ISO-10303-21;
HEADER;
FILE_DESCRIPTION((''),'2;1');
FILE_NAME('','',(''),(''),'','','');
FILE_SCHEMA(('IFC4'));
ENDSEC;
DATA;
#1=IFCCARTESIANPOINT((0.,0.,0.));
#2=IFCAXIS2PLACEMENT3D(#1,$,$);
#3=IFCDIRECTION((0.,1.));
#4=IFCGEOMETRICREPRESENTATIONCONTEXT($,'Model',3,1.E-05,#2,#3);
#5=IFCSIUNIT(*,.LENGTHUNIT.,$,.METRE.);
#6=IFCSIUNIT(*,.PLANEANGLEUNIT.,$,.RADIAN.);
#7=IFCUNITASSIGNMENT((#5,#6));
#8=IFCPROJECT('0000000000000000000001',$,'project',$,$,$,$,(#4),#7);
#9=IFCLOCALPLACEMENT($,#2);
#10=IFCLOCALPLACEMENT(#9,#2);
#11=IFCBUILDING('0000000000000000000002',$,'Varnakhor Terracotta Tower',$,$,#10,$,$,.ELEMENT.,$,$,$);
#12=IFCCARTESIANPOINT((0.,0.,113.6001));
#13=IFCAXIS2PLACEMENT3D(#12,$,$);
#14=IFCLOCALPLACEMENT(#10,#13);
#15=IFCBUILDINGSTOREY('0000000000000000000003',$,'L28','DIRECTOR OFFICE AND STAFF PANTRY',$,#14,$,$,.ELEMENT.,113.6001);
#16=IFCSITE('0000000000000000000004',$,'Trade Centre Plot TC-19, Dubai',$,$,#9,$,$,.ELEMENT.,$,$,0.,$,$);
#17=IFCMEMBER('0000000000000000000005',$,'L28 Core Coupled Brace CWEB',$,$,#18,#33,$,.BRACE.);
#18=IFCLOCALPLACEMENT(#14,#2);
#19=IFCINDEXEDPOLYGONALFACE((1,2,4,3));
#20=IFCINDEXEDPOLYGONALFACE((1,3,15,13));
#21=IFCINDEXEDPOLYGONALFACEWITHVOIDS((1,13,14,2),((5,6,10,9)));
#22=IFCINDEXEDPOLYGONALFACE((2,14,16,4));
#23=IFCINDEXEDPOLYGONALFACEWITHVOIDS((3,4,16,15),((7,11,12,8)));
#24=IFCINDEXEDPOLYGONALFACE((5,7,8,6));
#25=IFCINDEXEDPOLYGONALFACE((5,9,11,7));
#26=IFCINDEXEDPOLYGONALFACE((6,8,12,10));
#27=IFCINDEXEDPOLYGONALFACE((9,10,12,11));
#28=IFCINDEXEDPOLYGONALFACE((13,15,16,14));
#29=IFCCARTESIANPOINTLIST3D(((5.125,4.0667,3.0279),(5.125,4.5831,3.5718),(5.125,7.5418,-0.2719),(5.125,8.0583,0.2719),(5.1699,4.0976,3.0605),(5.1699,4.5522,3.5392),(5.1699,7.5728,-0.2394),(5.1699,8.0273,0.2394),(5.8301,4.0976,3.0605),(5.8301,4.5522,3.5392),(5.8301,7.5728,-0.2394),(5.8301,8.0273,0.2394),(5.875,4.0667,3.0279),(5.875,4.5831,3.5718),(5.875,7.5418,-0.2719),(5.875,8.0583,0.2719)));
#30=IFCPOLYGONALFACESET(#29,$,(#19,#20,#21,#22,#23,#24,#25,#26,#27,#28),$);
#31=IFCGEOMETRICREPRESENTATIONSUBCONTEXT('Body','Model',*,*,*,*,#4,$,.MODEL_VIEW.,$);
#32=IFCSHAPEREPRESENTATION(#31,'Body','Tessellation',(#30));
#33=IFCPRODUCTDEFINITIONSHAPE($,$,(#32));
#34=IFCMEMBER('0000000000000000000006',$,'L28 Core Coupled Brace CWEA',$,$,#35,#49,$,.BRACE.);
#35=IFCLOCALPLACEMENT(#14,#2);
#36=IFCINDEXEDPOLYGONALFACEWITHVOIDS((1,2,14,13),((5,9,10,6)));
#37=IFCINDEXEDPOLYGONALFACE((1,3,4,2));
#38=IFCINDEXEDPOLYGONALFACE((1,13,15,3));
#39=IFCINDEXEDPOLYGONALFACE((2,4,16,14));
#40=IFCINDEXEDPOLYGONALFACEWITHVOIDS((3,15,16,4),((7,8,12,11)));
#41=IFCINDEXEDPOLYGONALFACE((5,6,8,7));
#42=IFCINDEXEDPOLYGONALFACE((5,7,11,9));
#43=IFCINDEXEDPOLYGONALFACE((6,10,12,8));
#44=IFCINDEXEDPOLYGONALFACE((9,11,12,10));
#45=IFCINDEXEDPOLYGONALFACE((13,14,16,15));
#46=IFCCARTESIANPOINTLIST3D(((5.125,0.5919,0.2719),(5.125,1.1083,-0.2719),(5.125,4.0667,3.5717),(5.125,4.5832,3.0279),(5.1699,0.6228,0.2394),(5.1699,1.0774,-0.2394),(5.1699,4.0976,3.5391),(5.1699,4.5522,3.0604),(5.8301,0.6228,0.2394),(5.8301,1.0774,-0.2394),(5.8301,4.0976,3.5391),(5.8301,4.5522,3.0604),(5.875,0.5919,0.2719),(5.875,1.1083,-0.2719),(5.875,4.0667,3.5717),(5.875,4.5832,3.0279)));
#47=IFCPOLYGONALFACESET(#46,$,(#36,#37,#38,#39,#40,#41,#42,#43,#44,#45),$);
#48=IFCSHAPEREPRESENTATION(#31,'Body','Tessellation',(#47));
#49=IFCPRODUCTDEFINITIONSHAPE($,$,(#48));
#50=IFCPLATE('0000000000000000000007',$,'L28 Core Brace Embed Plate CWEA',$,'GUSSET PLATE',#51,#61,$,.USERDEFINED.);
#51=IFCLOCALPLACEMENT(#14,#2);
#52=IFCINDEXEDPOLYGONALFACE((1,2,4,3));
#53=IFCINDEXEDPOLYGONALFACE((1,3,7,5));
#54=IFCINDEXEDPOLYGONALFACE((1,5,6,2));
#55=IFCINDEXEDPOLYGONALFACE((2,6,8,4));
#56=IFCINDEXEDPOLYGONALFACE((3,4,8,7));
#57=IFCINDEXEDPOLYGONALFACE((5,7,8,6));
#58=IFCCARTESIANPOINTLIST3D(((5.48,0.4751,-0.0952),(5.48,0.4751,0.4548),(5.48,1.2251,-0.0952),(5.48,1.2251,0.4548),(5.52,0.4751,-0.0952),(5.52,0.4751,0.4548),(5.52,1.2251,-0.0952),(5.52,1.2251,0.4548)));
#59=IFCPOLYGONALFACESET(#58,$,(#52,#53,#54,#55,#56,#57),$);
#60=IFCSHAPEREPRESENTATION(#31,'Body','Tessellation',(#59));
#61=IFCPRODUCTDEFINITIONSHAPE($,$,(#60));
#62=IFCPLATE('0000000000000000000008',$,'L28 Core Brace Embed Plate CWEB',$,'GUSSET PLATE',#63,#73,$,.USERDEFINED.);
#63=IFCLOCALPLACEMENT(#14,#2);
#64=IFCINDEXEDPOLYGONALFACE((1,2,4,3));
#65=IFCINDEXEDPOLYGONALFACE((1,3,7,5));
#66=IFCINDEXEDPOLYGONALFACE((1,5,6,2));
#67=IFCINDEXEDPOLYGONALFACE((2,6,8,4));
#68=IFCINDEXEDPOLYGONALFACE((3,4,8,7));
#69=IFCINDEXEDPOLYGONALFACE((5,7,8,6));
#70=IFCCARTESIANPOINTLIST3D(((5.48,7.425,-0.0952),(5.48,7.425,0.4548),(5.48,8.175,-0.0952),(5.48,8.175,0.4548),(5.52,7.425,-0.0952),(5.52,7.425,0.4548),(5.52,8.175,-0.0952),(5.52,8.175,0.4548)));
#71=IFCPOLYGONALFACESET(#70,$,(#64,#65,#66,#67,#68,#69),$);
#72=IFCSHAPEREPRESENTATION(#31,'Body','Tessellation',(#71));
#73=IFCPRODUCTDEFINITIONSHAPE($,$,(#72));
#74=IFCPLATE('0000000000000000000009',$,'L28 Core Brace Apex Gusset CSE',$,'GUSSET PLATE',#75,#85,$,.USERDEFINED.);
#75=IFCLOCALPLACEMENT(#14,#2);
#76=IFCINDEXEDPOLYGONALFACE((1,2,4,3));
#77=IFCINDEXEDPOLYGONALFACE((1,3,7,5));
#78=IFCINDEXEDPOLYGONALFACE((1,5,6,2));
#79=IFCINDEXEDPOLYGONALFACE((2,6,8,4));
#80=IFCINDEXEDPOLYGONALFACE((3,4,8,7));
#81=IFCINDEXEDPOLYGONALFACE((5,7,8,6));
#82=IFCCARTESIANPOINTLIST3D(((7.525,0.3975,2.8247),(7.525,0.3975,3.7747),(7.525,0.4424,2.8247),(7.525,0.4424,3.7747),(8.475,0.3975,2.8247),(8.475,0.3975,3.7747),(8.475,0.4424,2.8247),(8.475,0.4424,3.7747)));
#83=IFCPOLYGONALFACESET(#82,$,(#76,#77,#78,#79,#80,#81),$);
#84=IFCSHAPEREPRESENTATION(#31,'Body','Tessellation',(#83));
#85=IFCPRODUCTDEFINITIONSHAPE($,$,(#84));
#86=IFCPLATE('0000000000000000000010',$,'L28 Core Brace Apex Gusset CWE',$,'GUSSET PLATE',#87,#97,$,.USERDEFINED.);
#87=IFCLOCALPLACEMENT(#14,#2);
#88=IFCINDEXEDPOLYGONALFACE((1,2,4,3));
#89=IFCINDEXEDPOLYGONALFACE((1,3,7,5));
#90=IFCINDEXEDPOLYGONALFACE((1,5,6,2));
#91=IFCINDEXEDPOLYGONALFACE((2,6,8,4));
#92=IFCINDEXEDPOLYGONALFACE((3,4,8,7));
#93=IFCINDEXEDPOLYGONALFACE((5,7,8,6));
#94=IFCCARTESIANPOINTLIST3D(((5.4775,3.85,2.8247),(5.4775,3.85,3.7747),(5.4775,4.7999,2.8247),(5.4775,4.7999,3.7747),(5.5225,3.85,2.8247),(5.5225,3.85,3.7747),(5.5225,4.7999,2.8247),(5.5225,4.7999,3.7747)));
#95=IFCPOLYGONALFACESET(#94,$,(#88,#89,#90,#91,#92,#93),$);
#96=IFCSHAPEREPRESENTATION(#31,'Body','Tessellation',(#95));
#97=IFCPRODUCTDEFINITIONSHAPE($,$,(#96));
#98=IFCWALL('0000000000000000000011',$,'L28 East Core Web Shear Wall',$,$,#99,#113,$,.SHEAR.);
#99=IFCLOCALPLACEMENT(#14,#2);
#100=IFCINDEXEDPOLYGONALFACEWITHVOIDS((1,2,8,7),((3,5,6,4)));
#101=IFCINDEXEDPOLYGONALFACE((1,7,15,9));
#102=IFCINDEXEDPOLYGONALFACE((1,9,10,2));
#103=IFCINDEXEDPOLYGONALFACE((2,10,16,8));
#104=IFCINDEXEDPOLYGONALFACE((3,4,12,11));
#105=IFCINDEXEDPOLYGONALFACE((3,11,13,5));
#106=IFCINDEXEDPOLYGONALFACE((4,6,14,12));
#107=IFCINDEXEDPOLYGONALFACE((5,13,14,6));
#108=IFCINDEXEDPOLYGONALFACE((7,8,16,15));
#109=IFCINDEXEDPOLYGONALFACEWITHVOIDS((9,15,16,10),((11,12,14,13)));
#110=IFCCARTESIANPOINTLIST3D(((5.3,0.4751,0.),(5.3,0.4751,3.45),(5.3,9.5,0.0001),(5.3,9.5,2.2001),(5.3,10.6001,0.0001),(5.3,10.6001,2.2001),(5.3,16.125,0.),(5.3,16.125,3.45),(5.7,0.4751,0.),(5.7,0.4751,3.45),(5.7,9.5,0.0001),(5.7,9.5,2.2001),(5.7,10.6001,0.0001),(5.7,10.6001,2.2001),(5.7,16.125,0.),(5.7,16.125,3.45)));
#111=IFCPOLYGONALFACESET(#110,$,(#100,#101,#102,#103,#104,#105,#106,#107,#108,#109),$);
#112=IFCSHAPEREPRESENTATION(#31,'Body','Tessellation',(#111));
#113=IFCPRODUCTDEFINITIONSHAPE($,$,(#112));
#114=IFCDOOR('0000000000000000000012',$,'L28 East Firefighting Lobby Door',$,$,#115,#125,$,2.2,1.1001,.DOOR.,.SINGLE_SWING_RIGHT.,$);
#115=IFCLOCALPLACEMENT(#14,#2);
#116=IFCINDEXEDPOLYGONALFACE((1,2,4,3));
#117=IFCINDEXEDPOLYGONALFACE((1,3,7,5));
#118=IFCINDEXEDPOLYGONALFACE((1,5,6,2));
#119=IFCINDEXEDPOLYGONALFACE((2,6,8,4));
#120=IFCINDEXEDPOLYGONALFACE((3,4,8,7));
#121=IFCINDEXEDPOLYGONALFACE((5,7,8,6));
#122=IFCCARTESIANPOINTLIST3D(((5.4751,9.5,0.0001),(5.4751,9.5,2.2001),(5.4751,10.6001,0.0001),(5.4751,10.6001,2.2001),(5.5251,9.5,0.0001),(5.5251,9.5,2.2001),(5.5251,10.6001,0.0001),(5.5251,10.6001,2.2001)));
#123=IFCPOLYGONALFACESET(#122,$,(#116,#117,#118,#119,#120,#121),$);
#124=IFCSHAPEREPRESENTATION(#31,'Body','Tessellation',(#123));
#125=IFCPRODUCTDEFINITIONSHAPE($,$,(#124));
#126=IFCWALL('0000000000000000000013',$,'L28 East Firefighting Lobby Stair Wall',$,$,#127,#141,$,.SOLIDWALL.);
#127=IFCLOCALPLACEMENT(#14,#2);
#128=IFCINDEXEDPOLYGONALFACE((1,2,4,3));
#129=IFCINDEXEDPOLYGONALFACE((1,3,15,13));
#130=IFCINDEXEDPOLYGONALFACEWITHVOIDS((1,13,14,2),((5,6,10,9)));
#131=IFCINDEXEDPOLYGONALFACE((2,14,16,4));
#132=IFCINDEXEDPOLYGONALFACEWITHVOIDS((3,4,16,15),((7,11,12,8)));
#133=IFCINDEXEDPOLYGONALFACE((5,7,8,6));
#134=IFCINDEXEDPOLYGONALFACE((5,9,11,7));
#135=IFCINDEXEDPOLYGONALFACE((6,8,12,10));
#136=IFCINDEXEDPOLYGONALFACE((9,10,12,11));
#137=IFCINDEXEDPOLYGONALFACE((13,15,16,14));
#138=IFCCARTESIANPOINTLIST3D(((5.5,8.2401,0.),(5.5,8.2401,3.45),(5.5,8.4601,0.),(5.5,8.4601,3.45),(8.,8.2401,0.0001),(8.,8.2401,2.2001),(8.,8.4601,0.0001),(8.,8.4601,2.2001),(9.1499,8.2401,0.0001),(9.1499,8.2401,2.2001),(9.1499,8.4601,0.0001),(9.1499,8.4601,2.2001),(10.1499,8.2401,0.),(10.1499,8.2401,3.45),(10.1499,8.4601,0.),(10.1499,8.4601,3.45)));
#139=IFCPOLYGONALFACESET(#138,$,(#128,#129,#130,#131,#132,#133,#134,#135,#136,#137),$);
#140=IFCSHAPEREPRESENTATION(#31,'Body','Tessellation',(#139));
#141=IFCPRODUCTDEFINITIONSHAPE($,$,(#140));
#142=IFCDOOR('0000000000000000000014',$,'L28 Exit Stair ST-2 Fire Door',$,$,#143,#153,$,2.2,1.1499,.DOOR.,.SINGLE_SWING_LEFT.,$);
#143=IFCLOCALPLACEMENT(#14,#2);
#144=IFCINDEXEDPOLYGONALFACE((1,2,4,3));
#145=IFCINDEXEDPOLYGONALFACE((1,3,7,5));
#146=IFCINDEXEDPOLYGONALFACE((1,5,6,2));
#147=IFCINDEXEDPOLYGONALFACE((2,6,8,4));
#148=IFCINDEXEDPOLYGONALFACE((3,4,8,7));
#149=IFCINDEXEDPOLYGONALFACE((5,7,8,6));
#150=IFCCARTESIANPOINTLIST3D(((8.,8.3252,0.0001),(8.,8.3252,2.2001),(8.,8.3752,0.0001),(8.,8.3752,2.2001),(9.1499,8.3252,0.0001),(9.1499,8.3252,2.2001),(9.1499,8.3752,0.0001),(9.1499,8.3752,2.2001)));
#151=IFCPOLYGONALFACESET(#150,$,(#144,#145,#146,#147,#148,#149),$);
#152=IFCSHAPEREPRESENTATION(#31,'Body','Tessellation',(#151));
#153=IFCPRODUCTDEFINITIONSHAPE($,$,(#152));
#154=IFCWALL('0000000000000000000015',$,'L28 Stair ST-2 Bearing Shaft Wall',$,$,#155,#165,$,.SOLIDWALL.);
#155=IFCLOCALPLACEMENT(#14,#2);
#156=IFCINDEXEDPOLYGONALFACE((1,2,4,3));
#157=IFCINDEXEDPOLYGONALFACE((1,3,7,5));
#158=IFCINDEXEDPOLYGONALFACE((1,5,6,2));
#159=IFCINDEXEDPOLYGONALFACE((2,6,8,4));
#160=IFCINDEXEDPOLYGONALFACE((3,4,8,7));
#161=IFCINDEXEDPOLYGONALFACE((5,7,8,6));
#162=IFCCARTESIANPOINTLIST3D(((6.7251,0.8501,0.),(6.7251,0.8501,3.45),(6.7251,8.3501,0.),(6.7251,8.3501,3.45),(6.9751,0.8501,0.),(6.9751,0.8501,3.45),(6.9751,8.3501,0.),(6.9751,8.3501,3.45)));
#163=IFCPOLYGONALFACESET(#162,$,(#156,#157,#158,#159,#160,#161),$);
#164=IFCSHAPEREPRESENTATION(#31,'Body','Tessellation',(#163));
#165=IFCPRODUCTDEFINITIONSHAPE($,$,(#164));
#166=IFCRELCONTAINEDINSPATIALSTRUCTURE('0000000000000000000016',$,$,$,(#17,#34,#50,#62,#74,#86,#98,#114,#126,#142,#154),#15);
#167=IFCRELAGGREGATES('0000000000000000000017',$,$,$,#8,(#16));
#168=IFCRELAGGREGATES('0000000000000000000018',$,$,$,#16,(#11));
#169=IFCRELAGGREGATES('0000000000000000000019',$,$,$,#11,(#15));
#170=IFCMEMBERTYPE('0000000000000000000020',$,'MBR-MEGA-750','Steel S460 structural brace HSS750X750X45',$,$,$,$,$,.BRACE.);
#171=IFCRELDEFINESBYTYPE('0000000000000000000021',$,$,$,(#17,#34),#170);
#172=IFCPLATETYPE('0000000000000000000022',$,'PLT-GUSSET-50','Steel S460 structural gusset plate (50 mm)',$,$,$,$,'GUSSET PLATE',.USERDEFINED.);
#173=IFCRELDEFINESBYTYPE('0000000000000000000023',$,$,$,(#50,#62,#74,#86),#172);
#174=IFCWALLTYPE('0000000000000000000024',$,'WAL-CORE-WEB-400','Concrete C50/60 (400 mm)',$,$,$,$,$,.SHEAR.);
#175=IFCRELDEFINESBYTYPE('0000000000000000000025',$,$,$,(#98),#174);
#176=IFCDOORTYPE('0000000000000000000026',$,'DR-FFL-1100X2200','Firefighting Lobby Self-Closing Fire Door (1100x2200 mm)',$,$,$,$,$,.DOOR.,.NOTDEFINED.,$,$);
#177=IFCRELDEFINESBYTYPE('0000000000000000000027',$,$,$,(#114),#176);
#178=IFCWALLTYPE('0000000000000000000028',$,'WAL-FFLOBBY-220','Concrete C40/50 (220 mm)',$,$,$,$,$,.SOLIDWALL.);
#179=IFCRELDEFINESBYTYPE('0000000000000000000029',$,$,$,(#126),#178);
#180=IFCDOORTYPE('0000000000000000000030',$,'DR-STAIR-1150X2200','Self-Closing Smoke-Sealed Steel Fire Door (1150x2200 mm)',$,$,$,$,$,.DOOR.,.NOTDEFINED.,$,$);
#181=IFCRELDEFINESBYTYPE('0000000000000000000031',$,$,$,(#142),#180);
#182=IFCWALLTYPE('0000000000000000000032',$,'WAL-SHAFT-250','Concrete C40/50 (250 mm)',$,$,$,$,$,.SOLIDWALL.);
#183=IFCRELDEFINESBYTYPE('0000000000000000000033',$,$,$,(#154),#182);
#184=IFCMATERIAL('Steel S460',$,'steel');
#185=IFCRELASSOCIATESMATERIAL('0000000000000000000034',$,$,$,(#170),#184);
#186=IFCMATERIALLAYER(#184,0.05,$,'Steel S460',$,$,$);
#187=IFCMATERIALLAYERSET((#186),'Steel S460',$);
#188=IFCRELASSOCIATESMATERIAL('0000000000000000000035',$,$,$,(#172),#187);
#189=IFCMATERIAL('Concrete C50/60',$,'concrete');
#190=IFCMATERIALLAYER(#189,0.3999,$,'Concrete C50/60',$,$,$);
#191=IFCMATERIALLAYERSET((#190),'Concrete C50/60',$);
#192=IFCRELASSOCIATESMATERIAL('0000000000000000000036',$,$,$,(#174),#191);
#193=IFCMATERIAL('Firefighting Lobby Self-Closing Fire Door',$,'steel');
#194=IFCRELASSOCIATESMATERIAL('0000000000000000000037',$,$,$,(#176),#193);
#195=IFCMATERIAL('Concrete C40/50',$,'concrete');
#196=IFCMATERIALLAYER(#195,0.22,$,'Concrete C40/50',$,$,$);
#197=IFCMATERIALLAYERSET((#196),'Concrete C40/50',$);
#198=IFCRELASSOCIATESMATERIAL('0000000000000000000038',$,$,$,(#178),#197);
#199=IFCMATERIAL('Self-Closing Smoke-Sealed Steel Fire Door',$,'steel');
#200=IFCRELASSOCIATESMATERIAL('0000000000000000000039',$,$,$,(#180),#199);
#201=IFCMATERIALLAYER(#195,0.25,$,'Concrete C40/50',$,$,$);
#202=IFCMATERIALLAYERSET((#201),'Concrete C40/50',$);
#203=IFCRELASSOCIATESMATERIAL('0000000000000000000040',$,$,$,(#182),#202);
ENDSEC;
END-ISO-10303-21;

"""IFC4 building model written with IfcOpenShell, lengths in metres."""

from ifc_helpers import new_model, si_unit, direction, frame, frame_2d, origin, origin_2d, place, context, subcontext, project, spatial, rectangle, hollow_rectangle, extrude, source, transform, mapped, material, layer, layer_set, material_profile, profile_set, type_object, type_shapes, element, fill, save


model = new_model("IFC4")

# Units and contexts
model_context = context("Model", 3, precision=1e-05, world=origin(), true_north=direction((0.0, 1.0)))
body_context = subcontext(model_context, "Body", "Model", "MODEL_VIEW")
ifc_project = project(units=[si_unit("LENGTHUNIT", "METRE"), si_unit("PLANEANGLEUNIT", "RADIAN")], contexts=[model_context])

# Site, building, storey
site_placement = place(None, origin())
site = spatial("IfcSite", under=ifc_project, at=site_placement, Name="Trade Centre Plot TC-19, Dubai", CompositionType="ELEMENT", RefElevation=0.0)
building_placement = place(site_placement, origin())
building = spatial("IfcBuilding", under=site, at=building_placement, Name="Varnakhor Terracotta Tower", CompositionType="ELEMENT")
storey_placement = place(building_placement, frame((0.0, 0.0, 113.6001)))
storey = spatial("IfcBuildingStorey", under=building, at=storey_placement, Name="L28", Description="DIRECTOR OFFICE AND STAFF PANTRY", CompositionType="ELEMENT", Elevation=113.6001)

# Members
ifc_material_1 = material(Name="Steel S460", Category="steel")
ifc_material_profile = material_profile(ifc_material_1, hollow_rectangle(XDim=0.75, YDim=0.75, WallThickness=0.0449, at=origin_2d()), Name="HSS750X750X45")
ifc_profile_set = profile_set([ifc_material_profile], Name="Steel S460")
member_type = type_object("IfcMemberType", Name="MBR-MEGA-750", Description="Steel S460 structural brace HSS750X750X45", PredefinedType="BRACE", material=ifc_profile_set)
shared_shape_1 = source(origin(), body_context, "Body", "SweptSolid", [
    extrude(hollow_rectangle(XDim=0.75, YDim=0.75, WallThickness=0.0449, at=origin_2d()), origin(), (0.0, 0.0, 1.0), 4.7922),
])
member_1_placement = place(storey_placement, frame((5.5, 7.8, 0.0), z_axis=(0.0, -0.72516, 0.688581), x_axis=(1.0, 0.0, 0.0)))
element("IfcMember", 1, at=member_1_placement, inside=storey, type_object=member_type, Name="L28 Core Coupled Brace CWEB", PredefinedType="BRACE", context=body_context, shape_type="MappedRepresentation", body=[
    mapped(shared_shape_1, transform((0.0, 0.0, 0.0), scale=1.0)),
])
shared_shape_2 = source(origin(), body_context, "Body", "SweptSolid", [
    extrude(hollow_rectangle(XDim=0.75, YDim=0.75, WallThickness=0.0449, at=origin_2d()), origin(), (0.0, 0.0, 1.0), 4.792),
])
member_2_placement = place(storey_placement, frame((5.5, 0.8501, 0.0), z_axis=(0.0, 0.725136, 0.688606), x_axis=(-1.0, 0.0, 0.0)))
element("IfcMember", 2, at=member_2_placement, inside=storey, type_object=member_type, Name="L28 Core Coupled Brace CWEA", PredefinedType="BRACE", context=body_context, shape_type="MappedRepresentation", body=[
    mapped(shared_shape_2, transform((0.0, 0.0, 0.0), scale=1.0)),
])

# Plates
ifc_layer_1 = layer(ifc_material_1, 0.05, Name="Steel S460")
ifc_layer_set_1 = layer_set([ifc_layer_1], Name="Steel S460")
plate_type = type_object("IfcPlateType", Name="PLT-GUSSET-50", Description="Steel S460 structural gusset plate (50 mm)", ElementType="GUSSET PLATE", PredefinedType="USERDEFINED", material=ifc_layer_set_1)
shared_shape_3 = source(origin(), body_context, "Body", "SweptSolid", [
    extrude(rectangle(XDim=0.75, YDim=0.04, at=origin_2d()), origin(), (0.0, 0.0, 1.0), 0.55),
])
type_shapes(plate_type, [shared_shape_3])
for number, where, z_axis, x_axis, name in (
    (3, (5.5, 0.8501, -0.0952), (0.0, 0.0, 1.0), (0.0, 1.0, 0.0), "L28 Core Brace Embed Plate CWEA"),
    (4, (5.5, 7.8, -0.0952), (0.0, 0.0, 1.0), (0.0, 1.0, 0.0), "L28 Core Brace Embed Plate CWEB"),
):
    element("IfcPlate", number, at=place(storey_placement, frame(where, z_axis=z_axis, x_axis=x_axis)), inside=storey, type_object=plate_type, Name=name, ObjectType="GUSSET PLATE", PredefinedType="USERDEFINED", context=body_context, shape_type="MappedRepresentation", body=[
        mapped(shared_shape_3, transform((0.0, 0.0, 0.0), scale=1.0)),
    ])
shared_shape_4 = source(origin(), body_context, "Body", "SweptSolid", [
    extrude(rectangle(XDim=0.95, YDim=0.0449, at=origin_2d()), origin(), (0.0, 0.0, 1.0), 0.95),
])
for number, where, z_axis, x_axis, name in (
    (5, (8.0, 0.4199, 2.8247), (0.0, 0.0, 1.0), (1.0, 0.0, 0.0), "L28 Core Brace Apex Gusset CSE"),
    (6, (5.5, 4.325, 2.8247), (0.0, 0.0, 1.0), (0.0, 1.0, 0.0), "L28 Core Brace Apex Gusset CWE"),
):
    element("IfcPlate", number, at=place(storey_placement, frame(where, z_axis=z_axis, x_axis=x_axis)), inside=storey, type_object=plate_type, Name=name, ObjectType="GUSSET PLATE", PredefinedType="USERDEFINED", context=body_context, shape_type="MappedRepresentation", body=[
        mapped(shared_shape_4, transform((0.0, 0.0, 0.0), scale=1.0)),
    ])

# Walls, openings, doors
ifc_material_2 = material(Name="Concrete C50/60", Category="concrete")
ifc_layer_2 = layer(ifc_material_2, 0.3999, Name="Concrete C50/60")
ifc_layer_set_2 = layer_set([ifc_layer_2], Name="Concrete C50/60")
wall_type_1 = type_object("IfcWallType", Name="WAL-CORE-WEB-400", Description="Concrete C50/60 (400 mm)", PredefinedType="SHEAR", material=ifc_layer_set_2)
wall_1_placement = place(storey_placement, frame((5.5, 0.4751, 0.0), z_axis=(0.0, 0.0, 1.0), x_axis=(0.0, 1.0, 0.0)))
wall_1 = element("IfcWall", 7, at=wall_1_placement, inside=storey, type_object=wall_type_1, Name="L28 East Core Web Shear Wall", PredefinedType="SHEAR", context=body_context, shape_type="SweptSolid", body=[
    extrude(rectangle(XDim=15.6499, YDim=0.3999, at=frame_2d((7.825, 0.0))), origin(), (0.0, 0.0, 1.0), 3.45),
])
opening_1_placement = place(wall_1_placement, frame((9.0249, 0.0, 0.0)))
opening_1 = element("IfcOpeningElement", 8, at=opening_1_placement, cuts=wall_1, PredefinedType="OPENING", context=body_context, shape_type="SweptSolid", body=[
    extrude(rectangle(XDim=1.1001, YDim=2.2, at=frame_2d((0.55, 1.1001))), frame((0.0, 0.21, 0.0), z_axis=(0.0, -1.0, 0.0), x_axis=(1.0, 0.0, 0.0)), (0.0, 0.0, 1.0), 0.4199),
])
ifc_material_3 = material(Name="Firefighting Lobby Self-Closing Fire Door", Category="steel")
door_type_1 = type_object("IfcDoorType", Name="DR-FFL-1100X2200", Description="Firefighting Lobby Self-Closing Fire Door (1100x2200 mm)", OperationType="NOTDEFINED", PredefinedType="DOOR", material=ifc_material_3)
shared_shape_5 = source(origin(), body_context, "Body", "SweptSolid", [
    extrude(rectangle(XDim=1.1001, YDim=2.2, at=frame_2d((0.55, 1.1001))), frame((0.0, 0.0249, 0.0), z_axis=(0.0, -1.0, 0.0), x_axis=(1.0, 0.0, 0.0)), (0.0, 0.0, 1.0), 0.05),
])
type_shapes(door_type_1, [shared_shape_5])
door_1_placement = place(opening_1_placement, origin())
door_1 = element("IfcDoor", 9, at=door_1_placement, inside=storey, type_object=door_type_1, Name="L28 East Firefighting Lobby Door", OperationType="SINGLE_SWING_RIGHT", OverallHeight=2.2, OverallWidth=1.1001, PredefinedType="DOOR", context=body_context, shape_type="MappedRepresentation", body=[
    mapped(shared_shape_5, transform((0.0, 0.0, 0.0), scale=1.0)),
])
fill(opening_1, door_1)
ifc_material_4 = material(Name="Concrete C40/50", Category="concrete")
ifc_layer_3 = layer(ifc_material_4, 0.22, Name="Concrete C40/50")
ifc_layer_set_3 = layer_set([ifc_layer_3], Name="Concrete C40/50")
wall_type_2 = type_object("IfcWallType", Name="WAL-FFLOBBY-220", Description="Concrete C40/50 (220 mm)", PredefinedType="SOLIDWALL", material=ifc_layer_set_3)
wall_2_placement = place(storey_placement, frame((10.1499, 8.3501, 0.0), z_axis=(0.0, 0.0, 1.0), x_axis=(-1.0, 0.0, 0.0)))
wall_2 = element("IfcWall", 10, at=wall_2_placement, inside=storey, type_object=wall_type_2, Name="L28 East Firefighting Lobby Stair Wall", PredefinedType="SOLIDWALL", context=body_context, shape_type="SweptSolid", body=[
    extrude(rectangle(XDim=4.6499, YDim=0.22, at=frame_2d((2.325, 0.0))), origin(), (0.0, 0.0, 1.0), 3.45),
])
opening_2_placement = place(wall_2_placement, frame((1.0, 0.0, 0.0)))
opening_2 = element("IfcOpeningElement", 11, at=opening_2_placement, cuts=wall_2, PredefinedType="OPENING", context=body_context, shape_type="SweptSolid", body=[
    extrude(rectangle(XDim=1.1499, YDim=2.2, at=frame_2d((0.575, 1.1001))), frame((0.0, 0.1201, 0.0), z_axis=(0.0, -1.0, 0.0), x_axis=(1.0, 0.0, 0.0)), (0.0, 0.0, 1.0), 0.24),
])
ifc_material_5 = material(Name="Self-Closing Smoke-Sealed Steel Fire Door", Category="steel")
door_type_2 = type_object("IfcDoorType", Name="DR-STAIR-1150X2200", Description="Self-Closing Smoke-Sealed Steel Fire Door (1150x2200 mm)", OperationType="NOTDEFINED", PredefinedType="DOOR", material=ifc_material_5)
shared_shape_6 = source(origin(), body_context, "Body", "SweptSolid", [
    extrude(rectangle(XDim=1.1499, YDim=2.2, at=frame_2d((0.575, 1.1001))), frame((0.0, 0.0249, 0.0), z_axis=(0.0, -1.0, 0.0), x_axis=(1.0, 0.0, 0.0)), (0.0, 0.0, 1.0), 0.05),
])
type_shapes(door_type_2, [shared_shape_6])
door_2_placement = place(opening_2_placement, origin())
door_2 = element("IfcDoor", 12, at=door_2_placement, inside=storey, type_object=door_type_2, Name="L28 Exit Stair ST-2 Fire Door", OperationType="SINGLE_SWING_LEFT", OverallHeight=2.2, OverallWidth=1.1499, PredefinedType="DOOR", context=body_context, shape_type="MappedRepresentation", body=[
    mapped(shared_shape_6, transform((0.0, 0.0, 0.0), scale=1.0)),
])
fill(opening_2, door_2)

# Wall
ifc_layer_4 = layer(ifc_material_4, 0.25, Name="Concrete C40/50")
ifc_layer_set_4 = layer_set([ifc_layer_4], Name="Concrete C40/50")
wall_type_3 = type_object("IfcWallType", Name="WAL-SHAFT-250", Description="Concrete C40/50 (250 mm)", PredefinedType="SOLIDWALL", material=ifc_layer_set_4)
wall_3_placement = place(storey_placement, frame((6.8501, 0.8501, 0.0), z_axis=(0.0, 0.0, 1.0), x_axis=(0.0, 1.0, 0.0)))
element("IfcWall", 13, at=wall_3_placement, inside=storey, type_object=wall_type_3, Name="L28 Stair ST-2 Bearing Shaft Wall", PredefinedType="SOLIDWALL", context=body_context, shape_type="SweptSolid", body=[
    extrude(rectangle(XDim=7.5, YDim=0.25, at=frame_2d((3.75, 0.0))), origin(), (0.0, 0.0, 1.0), 3.45),
])

save(model, "model.ifc")
